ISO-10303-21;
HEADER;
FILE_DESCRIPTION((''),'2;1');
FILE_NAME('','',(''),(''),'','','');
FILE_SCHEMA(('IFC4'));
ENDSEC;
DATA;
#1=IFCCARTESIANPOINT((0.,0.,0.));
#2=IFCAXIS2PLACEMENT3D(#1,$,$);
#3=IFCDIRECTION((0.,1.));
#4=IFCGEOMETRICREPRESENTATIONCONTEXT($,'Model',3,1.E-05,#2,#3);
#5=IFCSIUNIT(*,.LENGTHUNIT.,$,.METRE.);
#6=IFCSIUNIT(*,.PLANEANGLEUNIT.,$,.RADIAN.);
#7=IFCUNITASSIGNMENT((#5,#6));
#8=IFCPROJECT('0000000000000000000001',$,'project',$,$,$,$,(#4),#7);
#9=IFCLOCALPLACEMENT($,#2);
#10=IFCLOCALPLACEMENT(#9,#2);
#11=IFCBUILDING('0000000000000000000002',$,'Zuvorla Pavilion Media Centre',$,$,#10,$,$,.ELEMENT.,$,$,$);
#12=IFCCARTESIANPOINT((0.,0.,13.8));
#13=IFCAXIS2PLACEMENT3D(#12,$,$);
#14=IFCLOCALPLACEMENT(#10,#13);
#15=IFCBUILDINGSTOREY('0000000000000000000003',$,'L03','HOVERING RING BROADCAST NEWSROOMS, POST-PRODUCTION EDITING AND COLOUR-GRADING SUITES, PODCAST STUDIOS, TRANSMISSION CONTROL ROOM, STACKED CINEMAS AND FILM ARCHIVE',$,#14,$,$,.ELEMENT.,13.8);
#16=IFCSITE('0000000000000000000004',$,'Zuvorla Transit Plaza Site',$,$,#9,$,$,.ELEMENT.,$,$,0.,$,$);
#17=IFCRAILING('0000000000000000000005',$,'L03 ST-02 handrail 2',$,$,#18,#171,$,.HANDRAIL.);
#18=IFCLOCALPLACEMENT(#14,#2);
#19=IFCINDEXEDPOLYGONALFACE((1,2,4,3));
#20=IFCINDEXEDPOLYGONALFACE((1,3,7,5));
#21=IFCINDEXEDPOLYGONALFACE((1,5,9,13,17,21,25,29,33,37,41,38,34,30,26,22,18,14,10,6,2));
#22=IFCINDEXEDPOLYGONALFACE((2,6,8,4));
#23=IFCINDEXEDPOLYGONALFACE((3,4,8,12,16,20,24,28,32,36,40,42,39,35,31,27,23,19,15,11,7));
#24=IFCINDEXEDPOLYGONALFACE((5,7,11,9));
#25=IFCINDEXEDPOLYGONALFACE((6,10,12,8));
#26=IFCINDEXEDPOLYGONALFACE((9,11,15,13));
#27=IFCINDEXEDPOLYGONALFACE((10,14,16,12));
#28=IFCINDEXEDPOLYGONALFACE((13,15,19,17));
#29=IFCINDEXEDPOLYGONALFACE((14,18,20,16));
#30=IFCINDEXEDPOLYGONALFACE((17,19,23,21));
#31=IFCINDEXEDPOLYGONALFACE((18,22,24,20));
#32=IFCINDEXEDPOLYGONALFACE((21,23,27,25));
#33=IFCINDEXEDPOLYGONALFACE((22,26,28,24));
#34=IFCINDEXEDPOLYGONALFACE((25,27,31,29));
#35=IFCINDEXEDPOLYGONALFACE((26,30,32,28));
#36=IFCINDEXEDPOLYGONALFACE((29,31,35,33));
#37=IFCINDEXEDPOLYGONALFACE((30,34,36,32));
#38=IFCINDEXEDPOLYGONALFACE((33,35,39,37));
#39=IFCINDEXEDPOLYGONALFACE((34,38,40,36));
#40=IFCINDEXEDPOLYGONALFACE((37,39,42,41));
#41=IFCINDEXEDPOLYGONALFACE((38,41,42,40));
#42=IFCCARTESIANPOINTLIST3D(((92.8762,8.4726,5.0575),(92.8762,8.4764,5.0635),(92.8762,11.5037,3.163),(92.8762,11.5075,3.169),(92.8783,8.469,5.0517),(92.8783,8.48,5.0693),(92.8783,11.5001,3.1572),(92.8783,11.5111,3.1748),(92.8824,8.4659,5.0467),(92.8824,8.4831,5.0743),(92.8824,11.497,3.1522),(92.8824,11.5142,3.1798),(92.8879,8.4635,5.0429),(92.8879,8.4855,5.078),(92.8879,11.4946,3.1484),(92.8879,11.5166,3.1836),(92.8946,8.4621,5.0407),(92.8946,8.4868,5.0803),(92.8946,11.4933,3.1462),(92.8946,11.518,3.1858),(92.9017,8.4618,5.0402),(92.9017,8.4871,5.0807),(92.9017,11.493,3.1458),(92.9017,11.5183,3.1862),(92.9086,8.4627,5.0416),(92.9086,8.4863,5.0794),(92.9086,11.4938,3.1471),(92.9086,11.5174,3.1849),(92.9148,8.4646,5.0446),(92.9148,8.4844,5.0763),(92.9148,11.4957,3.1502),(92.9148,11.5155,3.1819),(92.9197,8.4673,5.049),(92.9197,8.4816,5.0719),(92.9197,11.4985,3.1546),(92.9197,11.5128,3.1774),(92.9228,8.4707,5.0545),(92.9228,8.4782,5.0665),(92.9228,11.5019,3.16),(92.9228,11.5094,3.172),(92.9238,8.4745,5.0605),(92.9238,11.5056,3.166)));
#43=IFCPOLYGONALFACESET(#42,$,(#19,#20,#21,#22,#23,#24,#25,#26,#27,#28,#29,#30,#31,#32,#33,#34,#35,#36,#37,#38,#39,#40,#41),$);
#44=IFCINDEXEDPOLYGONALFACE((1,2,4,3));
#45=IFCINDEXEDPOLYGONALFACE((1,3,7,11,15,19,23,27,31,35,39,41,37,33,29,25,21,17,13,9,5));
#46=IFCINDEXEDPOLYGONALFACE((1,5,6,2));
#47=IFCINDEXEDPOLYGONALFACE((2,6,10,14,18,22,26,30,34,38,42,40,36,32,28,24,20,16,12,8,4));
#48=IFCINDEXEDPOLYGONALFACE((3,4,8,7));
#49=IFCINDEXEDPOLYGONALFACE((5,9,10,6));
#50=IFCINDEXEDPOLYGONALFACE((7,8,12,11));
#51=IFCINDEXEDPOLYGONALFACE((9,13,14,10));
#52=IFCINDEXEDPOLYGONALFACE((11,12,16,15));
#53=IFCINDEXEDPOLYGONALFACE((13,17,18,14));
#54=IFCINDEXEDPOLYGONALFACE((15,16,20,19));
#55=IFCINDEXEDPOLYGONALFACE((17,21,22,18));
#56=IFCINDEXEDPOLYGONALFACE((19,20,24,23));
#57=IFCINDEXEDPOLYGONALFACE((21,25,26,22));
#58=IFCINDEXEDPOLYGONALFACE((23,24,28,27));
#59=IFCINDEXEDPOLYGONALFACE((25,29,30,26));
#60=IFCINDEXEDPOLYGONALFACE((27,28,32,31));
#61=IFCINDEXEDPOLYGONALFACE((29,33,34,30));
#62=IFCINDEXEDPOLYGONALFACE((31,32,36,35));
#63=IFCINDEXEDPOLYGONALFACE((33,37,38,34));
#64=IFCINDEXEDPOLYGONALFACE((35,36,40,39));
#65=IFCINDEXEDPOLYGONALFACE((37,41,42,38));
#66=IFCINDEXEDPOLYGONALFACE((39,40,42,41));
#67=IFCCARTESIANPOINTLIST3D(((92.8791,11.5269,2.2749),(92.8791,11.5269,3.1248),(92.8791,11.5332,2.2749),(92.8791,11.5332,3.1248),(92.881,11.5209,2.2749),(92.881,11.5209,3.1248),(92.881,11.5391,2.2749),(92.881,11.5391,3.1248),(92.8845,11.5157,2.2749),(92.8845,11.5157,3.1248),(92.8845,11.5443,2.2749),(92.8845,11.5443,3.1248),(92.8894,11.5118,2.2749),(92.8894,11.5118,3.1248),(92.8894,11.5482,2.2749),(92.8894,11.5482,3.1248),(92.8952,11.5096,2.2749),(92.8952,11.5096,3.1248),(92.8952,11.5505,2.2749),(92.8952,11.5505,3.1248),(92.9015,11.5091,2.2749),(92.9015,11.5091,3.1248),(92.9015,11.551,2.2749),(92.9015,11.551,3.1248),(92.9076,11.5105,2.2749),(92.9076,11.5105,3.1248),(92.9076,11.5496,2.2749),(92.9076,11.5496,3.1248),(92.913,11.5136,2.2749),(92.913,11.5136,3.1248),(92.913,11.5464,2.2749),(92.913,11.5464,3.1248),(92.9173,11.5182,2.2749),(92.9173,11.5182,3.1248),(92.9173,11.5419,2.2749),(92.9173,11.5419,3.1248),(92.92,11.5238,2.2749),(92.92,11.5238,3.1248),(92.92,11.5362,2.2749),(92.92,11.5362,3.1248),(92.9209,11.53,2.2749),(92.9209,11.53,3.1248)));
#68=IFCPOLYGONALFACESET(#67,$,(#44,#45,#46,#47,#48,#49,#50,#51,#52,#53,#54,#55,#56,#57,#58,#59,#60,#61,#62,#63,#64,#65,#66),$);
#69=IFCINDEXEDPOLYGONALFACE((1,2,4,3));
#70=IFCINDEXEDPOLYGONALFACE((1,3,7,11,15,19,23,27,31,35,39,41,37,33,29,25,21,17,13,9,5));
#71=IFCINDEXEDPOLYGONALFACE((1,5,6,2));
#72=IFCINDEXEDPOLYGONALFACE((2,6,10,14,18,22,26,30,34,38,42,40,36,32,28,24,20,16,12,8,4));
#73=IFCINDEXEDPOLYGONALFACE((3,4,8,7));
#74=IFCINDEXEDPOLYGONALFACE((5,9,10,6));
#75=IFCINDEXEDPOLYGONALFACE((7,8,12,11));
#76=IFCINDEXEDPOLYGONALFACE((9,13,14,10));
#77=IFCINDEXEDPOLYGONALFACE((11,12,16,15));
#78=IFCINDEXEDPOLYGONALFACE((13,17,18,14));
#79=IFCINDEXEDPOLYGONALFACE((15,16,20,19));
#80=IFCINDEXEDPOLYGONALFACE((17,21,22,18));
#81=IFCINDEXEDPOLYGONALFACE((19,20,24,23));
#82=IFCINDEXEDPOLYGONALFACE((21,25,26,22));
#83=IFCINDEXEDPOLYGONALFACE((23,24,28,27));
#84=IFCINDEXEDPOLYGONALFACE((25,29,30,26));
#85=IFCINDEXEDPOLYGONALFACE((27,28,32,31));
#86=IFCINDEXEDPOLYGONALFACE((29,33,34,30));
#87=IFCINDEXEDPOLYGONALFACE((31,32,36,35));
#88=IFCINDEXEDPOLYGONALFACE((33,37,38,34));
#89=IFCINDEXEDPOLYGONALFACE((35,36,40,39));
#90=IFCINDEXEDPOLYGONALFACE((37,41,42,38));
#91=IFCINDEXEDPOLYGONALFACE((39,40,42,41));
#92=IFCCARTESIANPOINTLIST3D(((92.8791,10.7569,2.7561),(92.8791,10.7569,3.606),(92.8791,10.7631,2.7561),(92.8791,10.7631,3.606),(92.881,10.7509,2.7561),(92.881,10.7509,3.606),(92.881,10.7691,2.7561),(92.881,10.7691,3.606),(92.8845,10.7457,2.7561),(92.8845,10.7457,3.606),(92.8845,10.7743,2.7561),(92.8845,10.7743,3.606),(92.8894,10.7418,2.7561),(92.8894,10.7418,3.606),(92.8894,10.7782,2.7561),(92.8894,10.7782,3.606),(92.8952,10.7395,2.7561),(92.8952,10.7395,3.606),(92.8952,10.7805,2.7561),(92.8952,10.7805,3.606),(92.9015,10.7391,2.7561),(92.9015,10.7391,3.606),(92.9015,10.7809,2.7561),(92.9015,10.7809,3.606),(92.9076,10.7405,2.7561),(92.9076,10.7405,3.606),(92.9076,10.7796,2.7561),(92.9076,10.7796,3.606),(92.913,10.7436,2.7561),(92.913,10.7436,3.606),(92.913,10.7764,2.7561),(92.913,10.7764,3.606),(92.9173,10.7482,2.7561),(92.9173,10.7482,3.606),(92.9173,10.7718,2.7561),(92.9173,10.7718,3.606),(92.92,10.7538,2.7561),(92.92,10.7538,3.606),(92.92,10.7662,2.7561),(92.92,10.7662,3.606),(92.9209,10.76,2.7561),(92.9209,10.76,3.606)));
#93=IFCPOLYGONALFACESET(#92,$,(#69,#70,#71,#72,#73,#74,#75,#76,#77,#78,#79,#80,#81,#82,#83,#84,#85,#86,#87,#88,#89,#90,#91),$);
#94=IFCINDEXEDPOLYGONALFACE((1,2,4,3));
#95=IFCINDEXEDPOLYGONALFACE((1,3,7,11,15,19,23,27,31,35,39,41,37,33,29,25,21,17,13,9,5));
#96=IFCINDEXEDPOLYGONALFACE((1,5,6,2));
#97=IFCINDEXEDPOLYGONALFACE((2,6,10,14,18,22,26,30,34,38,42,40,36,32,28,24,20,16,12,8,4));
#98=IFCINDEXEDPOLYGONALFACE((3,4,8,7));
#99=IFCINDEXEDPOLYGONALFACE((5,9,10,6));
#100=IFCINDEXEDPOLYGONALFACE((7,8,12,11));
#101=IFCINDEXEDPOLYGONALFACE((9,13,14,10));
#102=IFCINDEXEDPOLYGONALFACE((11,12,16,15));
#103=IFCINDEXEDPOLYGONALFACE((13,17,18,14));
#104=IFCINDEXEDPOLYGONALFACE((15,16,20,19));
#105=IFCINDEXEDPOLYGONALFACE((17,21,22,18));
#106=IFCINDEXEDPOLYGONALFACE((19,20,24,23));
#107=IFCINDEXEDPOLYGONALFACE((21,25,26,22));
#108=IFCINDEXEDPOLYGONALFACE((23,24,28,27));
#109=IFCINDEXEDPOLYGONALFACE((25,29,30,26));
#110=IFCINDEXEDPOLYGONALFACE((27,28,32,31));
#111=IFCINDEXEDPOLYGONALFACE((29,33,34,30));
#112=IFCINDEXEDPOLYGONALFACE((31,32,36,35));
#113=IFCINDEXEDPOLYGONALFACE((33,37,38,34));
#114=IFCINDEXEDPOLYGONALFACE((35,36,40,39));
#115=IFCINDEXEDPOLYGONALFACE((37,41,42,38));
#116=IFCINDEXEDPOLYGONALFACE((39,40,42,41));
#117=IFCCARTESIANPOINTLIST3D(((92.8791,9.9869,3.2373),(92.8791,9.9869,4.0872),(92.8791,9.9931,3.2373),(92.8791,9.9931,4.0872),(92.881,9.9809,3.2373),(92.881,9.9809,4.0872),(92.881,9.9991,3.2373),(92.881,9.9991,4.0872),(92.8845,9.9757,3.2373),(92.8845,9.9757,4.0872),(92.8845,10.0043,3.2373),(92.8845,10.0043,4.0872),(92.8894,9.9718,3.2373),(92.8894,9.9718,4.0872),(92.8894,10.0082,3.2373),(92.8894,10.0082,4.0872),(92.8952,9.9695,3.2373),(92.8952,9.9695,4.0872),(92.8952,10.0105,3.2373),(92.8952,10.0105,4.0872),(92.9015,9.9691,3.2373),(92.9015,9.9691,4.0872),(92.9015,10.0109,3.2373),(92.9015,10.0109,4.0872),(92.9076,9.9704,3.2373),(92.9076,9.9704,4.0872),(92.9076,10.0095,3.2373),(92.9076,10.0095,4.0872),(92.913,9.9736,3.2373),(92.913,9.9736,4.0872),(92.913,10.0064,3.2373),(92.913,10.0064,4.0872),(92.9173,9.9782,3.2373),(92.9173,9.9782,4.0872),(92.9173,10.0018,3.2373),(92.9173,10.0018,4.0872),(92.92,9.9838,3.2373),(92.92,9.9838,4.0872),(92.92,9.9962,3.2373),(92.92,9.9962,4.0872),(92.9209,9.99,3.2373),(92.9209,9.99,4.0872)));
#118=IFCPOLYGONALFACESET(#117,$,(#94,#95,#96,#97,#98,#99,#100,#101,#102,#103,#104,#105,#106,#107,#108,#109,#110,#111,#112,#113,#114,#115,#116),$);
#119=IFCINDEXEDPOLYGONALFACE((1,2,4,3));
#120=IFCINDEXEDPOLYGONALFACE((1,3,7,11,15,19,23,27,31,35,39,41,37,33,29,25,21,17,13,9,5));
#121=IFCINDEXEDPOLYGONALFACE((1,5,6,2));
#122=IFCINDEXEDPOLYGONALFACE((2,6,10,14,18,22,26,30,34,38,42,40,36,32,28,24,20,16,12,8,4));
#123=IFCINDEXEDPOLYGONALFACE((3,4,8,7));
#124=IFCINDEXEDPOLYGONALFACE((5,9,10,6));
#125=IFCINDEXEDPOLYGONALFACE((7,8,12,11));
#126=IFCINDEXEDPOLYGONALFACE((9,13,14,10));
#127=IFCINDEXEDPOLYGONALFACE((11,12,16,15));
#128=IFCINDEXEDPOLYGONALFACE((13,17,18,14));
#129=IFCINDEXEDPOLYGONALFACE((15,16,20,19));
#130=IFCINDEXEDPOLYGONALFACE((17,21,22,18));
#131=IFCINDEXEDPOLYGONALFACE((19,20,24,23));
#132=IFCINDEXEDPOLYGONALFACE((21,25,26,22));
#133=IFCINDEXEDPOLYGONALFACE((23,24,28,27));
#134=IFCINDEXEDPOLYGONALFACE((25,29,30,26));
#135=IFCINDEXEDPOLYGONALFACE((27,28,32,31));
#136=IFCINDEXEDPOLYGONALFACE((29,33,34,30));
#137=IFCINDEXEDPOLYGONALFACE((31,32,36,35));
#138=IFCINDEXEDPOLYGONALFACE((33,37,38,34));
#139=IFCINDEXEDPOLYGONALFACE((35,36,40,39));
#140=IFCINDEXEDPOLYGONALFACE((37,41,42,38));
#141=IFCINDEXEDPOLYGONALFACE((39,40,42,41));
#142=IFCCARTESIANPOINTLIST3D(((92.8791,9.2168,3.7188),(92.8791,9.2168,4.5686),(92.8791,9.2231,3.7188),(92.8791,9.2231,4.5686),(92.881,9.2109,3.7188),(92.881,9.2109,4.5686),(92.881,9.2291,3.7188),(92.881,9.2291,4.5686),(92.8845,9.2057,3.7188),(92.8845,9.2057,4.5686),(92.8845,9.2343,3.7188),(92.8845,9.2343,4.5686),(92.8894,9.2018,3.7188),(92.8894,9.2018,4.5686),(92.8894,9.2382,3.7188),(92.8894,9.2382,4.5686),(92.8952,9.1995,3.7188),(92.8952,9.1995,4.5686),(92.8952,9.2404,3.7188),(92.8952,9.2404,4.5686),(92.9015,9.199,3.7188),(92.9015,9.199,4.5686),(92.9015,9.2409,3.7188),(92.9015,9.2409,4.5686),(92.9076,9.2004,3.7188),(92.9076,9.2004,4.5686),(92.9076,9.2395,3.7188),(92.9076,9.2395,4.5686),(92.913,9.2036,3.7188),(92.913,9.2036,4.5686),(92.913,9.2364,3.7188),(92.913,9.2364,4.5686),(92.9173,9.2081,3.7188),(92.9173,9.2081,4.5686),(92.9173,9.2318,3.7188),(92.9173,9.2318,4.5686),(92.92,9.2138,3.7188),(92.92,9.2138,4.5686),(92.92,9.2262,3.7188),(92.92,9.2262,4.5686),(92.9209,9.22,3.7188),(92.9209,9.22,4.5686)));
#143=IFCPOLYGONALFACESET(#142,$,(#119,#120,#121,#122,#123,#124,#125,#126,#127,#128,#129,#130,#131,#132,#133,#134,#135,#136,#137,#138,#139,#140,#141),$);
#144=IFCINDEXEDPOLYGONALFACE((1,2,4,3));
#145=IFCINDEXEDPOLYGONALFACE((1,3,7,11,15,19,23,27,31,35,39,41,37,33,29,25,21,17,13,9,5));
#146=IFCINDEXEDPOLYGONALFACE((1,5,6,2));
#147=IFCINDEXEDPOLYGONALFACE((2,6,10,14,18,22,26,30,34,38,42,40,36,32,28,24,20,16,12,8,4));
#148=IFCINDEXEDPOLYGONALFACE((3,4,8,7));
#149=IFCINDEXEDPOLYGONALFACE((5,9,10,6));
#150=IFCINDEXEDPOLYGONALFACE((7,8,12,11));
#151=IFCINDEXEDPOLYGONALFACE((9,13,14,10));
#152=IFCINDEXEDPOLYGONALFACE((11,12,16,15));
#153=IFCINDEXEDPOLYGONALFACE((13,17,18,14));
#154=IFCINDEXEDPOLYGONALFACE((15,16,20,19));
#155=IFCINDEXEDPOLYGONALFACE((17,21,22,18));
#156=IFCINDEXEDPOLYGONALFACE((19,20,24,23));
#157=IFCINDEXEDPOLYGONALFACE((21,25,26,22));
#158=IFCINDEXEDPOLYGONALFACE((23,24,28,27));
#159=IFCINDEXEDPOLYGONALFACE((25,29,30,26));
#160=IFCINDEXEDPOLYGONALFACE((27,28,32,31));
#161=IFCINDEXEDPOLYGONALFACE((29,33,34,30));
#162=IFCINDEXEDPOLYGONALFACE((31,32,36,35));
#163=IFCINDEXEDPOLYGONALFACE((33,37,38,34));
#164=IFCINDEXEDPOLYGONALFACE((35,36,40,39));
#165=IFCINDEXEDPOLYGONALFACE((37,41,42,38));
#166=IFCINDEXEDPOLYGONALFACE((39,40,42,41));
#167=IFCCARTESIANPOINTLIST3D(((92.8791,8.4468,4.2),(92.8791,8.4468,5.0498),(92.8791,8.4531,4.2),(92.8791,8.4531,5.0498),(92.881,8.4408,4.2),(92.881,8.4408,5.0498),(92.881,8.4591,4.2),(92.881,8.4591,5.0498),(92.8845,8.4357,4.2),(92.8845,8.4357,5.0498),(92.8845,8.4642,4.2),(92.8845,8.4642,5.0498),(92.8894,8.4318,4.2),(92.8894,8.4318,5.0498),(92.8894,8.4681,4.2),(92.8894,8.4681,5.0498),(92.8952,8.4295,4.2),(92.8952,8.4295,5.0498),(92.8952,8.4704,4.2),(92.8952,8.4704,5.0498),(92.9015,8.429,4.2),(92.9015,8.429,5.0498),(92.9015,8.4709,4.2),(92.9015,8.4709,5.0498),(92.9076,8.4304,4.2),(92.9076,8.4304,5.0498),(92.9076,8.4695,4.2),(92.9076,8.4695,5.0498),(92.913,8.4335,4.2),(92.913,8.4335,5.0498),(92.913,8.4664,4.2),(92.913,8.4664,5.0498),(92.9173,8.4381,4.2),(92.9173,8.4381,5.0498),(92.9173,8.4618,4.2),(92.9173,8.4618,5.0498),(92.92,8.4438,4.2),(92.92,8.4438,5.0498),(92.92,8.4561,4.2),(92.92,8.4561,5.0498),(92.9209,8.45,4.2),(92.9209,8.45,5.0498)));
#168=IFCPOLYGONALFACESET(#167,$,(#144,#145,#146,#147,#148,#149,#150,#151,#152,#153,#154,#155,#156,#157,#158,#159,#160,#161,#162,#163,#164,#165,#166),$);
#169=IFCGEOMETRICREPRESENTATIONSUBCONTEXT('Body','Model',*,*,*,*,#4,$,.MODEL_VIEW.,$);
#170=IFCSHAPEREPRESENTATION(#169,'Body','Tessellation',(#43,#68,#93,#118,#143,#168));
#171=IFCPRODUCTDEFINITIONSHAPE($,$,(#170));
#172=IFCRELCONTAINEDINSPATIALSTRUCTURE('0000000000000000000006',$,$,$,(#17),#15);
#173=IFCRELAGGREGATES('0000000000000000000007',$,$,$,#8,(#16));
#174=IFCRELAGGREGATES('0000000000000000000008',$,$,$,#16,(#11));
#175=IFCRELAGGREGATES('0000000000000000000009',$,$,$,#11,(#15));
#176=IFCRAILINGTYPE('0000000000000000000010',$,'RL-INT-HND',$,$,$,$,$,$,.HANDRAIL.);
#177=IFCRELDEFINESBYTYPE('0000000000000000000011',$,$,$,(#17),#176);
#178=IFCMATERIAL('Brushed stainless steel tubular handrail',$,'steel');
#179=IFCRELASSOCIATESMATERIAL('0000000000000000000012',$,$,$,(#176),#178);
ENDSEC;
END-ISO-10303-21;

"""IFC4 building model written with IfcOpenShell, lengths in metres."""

from ifc_helpers import new_model, si_unit, direction, frame, origin, origin_2d, place, context, subcontext, project, spatial, circle, extrude, material, type_object, element, save


model = new_model("IFC4")

# Units and contexts
model_context = context("Model", 3, precision=1e-05, world=origin(), true_north=direction((0.0, 1.0)))
body_context = subcontext(model_context, "Body", "Model", "MODEL_VIEW")
ifc_project = project(units=[si_unit("LENGTHUNIT", "METRE"), si_unit("PLANEANGLEUNIT", "RADIAN")], contexts=[model_context])

# Site, building, storey
site_placement = place(None, origin())
site = spatial("IfcSite", under=ifc_project, at=site_placement, Name="Zuvorla Transit Plaza Site", CompositionType="ELEMENT", RefElevation=0.0)
building_placement = place(site_placement, origin())
building = spatial("IfcBuilding", under=site, at=building_placement, Name="Zuvorla Pavilion Media Centre", CompositionType="ELEMENT")
storey_placement = place(building_placement, frame((0.0, 0.0, 13.8)))
storey = spatial("IfcBuildingStorey", under=building, at=storey_placement, Name="L03", Description="HOVERING RING BROADCAST NEWSROOMS, POST-PRODUCTION EDITING AND COLOUR-GRADING SUITES, PODCAST STUDIOS, TRANSMISSION CONTROL ROOM, STACKED CINEMAS AND FILM ARCHIVE", CompositionType="ELEMENT", Elevation=13.8)

# Railing
ifc_material_1 = material(Name="Brushed stainless steel tubular handrail", Category="steel")
railing_type_1 = type_object("IfcRailingType", Name="RL-INT-HND", PredefinedType="HANDRAIL", material=ifc_material_1)
railing_1_placement = place(storey_placement, frame((92.8999, 11.53, 2.2749)))
element("IfcRailing", 1, at=railing_1_placement, inside=storey, type_object=railing_type_1, Name="L03 ST-02 handrail 2", PredefinedType="HANDRAIL", context=body_context, shape_type="SweptSolid", body=[
    extrude(circle(Radius=0.0239, at=origin_2d()), frame((0.0, -0.0244, 0.8911), z_axis=(0.0, -0.847998, 0.529999), x_axis=(1.0, 0.0, 0.0)), (0.0, 0.0, 1.0), 3.5745),
    extrude(circle(Radius=0.021, at=origin_2d()), origin(), (0.0, 0.0, 1.0), 0.8499),
    extrude(circle(Radius=0.021, at=origin_2d()), frame((0.0, -0.77, 0.4812)), (0.0, 0.0, 1.0), 0.8499),
    extrude(circle(Radius=0.021, at=origin_2d()), frame((0.0, -1.54, 0.9624)), (0.0, 0.0, 1.0), 0.8499),
    extrude(circle(Radius=0.021, at=origin_2d()), frame((0.0, -2.3101, 1.4438)), (0.0, 0.0, 1.0), 0.8499),
    extrude(circle(Radius=0.021, at=origin_2d()), frame((0.0, -3.0801, 1.925)), (0.0, 0.0, 1.0), 0.8499),
])

save(model, "model.ifc")
